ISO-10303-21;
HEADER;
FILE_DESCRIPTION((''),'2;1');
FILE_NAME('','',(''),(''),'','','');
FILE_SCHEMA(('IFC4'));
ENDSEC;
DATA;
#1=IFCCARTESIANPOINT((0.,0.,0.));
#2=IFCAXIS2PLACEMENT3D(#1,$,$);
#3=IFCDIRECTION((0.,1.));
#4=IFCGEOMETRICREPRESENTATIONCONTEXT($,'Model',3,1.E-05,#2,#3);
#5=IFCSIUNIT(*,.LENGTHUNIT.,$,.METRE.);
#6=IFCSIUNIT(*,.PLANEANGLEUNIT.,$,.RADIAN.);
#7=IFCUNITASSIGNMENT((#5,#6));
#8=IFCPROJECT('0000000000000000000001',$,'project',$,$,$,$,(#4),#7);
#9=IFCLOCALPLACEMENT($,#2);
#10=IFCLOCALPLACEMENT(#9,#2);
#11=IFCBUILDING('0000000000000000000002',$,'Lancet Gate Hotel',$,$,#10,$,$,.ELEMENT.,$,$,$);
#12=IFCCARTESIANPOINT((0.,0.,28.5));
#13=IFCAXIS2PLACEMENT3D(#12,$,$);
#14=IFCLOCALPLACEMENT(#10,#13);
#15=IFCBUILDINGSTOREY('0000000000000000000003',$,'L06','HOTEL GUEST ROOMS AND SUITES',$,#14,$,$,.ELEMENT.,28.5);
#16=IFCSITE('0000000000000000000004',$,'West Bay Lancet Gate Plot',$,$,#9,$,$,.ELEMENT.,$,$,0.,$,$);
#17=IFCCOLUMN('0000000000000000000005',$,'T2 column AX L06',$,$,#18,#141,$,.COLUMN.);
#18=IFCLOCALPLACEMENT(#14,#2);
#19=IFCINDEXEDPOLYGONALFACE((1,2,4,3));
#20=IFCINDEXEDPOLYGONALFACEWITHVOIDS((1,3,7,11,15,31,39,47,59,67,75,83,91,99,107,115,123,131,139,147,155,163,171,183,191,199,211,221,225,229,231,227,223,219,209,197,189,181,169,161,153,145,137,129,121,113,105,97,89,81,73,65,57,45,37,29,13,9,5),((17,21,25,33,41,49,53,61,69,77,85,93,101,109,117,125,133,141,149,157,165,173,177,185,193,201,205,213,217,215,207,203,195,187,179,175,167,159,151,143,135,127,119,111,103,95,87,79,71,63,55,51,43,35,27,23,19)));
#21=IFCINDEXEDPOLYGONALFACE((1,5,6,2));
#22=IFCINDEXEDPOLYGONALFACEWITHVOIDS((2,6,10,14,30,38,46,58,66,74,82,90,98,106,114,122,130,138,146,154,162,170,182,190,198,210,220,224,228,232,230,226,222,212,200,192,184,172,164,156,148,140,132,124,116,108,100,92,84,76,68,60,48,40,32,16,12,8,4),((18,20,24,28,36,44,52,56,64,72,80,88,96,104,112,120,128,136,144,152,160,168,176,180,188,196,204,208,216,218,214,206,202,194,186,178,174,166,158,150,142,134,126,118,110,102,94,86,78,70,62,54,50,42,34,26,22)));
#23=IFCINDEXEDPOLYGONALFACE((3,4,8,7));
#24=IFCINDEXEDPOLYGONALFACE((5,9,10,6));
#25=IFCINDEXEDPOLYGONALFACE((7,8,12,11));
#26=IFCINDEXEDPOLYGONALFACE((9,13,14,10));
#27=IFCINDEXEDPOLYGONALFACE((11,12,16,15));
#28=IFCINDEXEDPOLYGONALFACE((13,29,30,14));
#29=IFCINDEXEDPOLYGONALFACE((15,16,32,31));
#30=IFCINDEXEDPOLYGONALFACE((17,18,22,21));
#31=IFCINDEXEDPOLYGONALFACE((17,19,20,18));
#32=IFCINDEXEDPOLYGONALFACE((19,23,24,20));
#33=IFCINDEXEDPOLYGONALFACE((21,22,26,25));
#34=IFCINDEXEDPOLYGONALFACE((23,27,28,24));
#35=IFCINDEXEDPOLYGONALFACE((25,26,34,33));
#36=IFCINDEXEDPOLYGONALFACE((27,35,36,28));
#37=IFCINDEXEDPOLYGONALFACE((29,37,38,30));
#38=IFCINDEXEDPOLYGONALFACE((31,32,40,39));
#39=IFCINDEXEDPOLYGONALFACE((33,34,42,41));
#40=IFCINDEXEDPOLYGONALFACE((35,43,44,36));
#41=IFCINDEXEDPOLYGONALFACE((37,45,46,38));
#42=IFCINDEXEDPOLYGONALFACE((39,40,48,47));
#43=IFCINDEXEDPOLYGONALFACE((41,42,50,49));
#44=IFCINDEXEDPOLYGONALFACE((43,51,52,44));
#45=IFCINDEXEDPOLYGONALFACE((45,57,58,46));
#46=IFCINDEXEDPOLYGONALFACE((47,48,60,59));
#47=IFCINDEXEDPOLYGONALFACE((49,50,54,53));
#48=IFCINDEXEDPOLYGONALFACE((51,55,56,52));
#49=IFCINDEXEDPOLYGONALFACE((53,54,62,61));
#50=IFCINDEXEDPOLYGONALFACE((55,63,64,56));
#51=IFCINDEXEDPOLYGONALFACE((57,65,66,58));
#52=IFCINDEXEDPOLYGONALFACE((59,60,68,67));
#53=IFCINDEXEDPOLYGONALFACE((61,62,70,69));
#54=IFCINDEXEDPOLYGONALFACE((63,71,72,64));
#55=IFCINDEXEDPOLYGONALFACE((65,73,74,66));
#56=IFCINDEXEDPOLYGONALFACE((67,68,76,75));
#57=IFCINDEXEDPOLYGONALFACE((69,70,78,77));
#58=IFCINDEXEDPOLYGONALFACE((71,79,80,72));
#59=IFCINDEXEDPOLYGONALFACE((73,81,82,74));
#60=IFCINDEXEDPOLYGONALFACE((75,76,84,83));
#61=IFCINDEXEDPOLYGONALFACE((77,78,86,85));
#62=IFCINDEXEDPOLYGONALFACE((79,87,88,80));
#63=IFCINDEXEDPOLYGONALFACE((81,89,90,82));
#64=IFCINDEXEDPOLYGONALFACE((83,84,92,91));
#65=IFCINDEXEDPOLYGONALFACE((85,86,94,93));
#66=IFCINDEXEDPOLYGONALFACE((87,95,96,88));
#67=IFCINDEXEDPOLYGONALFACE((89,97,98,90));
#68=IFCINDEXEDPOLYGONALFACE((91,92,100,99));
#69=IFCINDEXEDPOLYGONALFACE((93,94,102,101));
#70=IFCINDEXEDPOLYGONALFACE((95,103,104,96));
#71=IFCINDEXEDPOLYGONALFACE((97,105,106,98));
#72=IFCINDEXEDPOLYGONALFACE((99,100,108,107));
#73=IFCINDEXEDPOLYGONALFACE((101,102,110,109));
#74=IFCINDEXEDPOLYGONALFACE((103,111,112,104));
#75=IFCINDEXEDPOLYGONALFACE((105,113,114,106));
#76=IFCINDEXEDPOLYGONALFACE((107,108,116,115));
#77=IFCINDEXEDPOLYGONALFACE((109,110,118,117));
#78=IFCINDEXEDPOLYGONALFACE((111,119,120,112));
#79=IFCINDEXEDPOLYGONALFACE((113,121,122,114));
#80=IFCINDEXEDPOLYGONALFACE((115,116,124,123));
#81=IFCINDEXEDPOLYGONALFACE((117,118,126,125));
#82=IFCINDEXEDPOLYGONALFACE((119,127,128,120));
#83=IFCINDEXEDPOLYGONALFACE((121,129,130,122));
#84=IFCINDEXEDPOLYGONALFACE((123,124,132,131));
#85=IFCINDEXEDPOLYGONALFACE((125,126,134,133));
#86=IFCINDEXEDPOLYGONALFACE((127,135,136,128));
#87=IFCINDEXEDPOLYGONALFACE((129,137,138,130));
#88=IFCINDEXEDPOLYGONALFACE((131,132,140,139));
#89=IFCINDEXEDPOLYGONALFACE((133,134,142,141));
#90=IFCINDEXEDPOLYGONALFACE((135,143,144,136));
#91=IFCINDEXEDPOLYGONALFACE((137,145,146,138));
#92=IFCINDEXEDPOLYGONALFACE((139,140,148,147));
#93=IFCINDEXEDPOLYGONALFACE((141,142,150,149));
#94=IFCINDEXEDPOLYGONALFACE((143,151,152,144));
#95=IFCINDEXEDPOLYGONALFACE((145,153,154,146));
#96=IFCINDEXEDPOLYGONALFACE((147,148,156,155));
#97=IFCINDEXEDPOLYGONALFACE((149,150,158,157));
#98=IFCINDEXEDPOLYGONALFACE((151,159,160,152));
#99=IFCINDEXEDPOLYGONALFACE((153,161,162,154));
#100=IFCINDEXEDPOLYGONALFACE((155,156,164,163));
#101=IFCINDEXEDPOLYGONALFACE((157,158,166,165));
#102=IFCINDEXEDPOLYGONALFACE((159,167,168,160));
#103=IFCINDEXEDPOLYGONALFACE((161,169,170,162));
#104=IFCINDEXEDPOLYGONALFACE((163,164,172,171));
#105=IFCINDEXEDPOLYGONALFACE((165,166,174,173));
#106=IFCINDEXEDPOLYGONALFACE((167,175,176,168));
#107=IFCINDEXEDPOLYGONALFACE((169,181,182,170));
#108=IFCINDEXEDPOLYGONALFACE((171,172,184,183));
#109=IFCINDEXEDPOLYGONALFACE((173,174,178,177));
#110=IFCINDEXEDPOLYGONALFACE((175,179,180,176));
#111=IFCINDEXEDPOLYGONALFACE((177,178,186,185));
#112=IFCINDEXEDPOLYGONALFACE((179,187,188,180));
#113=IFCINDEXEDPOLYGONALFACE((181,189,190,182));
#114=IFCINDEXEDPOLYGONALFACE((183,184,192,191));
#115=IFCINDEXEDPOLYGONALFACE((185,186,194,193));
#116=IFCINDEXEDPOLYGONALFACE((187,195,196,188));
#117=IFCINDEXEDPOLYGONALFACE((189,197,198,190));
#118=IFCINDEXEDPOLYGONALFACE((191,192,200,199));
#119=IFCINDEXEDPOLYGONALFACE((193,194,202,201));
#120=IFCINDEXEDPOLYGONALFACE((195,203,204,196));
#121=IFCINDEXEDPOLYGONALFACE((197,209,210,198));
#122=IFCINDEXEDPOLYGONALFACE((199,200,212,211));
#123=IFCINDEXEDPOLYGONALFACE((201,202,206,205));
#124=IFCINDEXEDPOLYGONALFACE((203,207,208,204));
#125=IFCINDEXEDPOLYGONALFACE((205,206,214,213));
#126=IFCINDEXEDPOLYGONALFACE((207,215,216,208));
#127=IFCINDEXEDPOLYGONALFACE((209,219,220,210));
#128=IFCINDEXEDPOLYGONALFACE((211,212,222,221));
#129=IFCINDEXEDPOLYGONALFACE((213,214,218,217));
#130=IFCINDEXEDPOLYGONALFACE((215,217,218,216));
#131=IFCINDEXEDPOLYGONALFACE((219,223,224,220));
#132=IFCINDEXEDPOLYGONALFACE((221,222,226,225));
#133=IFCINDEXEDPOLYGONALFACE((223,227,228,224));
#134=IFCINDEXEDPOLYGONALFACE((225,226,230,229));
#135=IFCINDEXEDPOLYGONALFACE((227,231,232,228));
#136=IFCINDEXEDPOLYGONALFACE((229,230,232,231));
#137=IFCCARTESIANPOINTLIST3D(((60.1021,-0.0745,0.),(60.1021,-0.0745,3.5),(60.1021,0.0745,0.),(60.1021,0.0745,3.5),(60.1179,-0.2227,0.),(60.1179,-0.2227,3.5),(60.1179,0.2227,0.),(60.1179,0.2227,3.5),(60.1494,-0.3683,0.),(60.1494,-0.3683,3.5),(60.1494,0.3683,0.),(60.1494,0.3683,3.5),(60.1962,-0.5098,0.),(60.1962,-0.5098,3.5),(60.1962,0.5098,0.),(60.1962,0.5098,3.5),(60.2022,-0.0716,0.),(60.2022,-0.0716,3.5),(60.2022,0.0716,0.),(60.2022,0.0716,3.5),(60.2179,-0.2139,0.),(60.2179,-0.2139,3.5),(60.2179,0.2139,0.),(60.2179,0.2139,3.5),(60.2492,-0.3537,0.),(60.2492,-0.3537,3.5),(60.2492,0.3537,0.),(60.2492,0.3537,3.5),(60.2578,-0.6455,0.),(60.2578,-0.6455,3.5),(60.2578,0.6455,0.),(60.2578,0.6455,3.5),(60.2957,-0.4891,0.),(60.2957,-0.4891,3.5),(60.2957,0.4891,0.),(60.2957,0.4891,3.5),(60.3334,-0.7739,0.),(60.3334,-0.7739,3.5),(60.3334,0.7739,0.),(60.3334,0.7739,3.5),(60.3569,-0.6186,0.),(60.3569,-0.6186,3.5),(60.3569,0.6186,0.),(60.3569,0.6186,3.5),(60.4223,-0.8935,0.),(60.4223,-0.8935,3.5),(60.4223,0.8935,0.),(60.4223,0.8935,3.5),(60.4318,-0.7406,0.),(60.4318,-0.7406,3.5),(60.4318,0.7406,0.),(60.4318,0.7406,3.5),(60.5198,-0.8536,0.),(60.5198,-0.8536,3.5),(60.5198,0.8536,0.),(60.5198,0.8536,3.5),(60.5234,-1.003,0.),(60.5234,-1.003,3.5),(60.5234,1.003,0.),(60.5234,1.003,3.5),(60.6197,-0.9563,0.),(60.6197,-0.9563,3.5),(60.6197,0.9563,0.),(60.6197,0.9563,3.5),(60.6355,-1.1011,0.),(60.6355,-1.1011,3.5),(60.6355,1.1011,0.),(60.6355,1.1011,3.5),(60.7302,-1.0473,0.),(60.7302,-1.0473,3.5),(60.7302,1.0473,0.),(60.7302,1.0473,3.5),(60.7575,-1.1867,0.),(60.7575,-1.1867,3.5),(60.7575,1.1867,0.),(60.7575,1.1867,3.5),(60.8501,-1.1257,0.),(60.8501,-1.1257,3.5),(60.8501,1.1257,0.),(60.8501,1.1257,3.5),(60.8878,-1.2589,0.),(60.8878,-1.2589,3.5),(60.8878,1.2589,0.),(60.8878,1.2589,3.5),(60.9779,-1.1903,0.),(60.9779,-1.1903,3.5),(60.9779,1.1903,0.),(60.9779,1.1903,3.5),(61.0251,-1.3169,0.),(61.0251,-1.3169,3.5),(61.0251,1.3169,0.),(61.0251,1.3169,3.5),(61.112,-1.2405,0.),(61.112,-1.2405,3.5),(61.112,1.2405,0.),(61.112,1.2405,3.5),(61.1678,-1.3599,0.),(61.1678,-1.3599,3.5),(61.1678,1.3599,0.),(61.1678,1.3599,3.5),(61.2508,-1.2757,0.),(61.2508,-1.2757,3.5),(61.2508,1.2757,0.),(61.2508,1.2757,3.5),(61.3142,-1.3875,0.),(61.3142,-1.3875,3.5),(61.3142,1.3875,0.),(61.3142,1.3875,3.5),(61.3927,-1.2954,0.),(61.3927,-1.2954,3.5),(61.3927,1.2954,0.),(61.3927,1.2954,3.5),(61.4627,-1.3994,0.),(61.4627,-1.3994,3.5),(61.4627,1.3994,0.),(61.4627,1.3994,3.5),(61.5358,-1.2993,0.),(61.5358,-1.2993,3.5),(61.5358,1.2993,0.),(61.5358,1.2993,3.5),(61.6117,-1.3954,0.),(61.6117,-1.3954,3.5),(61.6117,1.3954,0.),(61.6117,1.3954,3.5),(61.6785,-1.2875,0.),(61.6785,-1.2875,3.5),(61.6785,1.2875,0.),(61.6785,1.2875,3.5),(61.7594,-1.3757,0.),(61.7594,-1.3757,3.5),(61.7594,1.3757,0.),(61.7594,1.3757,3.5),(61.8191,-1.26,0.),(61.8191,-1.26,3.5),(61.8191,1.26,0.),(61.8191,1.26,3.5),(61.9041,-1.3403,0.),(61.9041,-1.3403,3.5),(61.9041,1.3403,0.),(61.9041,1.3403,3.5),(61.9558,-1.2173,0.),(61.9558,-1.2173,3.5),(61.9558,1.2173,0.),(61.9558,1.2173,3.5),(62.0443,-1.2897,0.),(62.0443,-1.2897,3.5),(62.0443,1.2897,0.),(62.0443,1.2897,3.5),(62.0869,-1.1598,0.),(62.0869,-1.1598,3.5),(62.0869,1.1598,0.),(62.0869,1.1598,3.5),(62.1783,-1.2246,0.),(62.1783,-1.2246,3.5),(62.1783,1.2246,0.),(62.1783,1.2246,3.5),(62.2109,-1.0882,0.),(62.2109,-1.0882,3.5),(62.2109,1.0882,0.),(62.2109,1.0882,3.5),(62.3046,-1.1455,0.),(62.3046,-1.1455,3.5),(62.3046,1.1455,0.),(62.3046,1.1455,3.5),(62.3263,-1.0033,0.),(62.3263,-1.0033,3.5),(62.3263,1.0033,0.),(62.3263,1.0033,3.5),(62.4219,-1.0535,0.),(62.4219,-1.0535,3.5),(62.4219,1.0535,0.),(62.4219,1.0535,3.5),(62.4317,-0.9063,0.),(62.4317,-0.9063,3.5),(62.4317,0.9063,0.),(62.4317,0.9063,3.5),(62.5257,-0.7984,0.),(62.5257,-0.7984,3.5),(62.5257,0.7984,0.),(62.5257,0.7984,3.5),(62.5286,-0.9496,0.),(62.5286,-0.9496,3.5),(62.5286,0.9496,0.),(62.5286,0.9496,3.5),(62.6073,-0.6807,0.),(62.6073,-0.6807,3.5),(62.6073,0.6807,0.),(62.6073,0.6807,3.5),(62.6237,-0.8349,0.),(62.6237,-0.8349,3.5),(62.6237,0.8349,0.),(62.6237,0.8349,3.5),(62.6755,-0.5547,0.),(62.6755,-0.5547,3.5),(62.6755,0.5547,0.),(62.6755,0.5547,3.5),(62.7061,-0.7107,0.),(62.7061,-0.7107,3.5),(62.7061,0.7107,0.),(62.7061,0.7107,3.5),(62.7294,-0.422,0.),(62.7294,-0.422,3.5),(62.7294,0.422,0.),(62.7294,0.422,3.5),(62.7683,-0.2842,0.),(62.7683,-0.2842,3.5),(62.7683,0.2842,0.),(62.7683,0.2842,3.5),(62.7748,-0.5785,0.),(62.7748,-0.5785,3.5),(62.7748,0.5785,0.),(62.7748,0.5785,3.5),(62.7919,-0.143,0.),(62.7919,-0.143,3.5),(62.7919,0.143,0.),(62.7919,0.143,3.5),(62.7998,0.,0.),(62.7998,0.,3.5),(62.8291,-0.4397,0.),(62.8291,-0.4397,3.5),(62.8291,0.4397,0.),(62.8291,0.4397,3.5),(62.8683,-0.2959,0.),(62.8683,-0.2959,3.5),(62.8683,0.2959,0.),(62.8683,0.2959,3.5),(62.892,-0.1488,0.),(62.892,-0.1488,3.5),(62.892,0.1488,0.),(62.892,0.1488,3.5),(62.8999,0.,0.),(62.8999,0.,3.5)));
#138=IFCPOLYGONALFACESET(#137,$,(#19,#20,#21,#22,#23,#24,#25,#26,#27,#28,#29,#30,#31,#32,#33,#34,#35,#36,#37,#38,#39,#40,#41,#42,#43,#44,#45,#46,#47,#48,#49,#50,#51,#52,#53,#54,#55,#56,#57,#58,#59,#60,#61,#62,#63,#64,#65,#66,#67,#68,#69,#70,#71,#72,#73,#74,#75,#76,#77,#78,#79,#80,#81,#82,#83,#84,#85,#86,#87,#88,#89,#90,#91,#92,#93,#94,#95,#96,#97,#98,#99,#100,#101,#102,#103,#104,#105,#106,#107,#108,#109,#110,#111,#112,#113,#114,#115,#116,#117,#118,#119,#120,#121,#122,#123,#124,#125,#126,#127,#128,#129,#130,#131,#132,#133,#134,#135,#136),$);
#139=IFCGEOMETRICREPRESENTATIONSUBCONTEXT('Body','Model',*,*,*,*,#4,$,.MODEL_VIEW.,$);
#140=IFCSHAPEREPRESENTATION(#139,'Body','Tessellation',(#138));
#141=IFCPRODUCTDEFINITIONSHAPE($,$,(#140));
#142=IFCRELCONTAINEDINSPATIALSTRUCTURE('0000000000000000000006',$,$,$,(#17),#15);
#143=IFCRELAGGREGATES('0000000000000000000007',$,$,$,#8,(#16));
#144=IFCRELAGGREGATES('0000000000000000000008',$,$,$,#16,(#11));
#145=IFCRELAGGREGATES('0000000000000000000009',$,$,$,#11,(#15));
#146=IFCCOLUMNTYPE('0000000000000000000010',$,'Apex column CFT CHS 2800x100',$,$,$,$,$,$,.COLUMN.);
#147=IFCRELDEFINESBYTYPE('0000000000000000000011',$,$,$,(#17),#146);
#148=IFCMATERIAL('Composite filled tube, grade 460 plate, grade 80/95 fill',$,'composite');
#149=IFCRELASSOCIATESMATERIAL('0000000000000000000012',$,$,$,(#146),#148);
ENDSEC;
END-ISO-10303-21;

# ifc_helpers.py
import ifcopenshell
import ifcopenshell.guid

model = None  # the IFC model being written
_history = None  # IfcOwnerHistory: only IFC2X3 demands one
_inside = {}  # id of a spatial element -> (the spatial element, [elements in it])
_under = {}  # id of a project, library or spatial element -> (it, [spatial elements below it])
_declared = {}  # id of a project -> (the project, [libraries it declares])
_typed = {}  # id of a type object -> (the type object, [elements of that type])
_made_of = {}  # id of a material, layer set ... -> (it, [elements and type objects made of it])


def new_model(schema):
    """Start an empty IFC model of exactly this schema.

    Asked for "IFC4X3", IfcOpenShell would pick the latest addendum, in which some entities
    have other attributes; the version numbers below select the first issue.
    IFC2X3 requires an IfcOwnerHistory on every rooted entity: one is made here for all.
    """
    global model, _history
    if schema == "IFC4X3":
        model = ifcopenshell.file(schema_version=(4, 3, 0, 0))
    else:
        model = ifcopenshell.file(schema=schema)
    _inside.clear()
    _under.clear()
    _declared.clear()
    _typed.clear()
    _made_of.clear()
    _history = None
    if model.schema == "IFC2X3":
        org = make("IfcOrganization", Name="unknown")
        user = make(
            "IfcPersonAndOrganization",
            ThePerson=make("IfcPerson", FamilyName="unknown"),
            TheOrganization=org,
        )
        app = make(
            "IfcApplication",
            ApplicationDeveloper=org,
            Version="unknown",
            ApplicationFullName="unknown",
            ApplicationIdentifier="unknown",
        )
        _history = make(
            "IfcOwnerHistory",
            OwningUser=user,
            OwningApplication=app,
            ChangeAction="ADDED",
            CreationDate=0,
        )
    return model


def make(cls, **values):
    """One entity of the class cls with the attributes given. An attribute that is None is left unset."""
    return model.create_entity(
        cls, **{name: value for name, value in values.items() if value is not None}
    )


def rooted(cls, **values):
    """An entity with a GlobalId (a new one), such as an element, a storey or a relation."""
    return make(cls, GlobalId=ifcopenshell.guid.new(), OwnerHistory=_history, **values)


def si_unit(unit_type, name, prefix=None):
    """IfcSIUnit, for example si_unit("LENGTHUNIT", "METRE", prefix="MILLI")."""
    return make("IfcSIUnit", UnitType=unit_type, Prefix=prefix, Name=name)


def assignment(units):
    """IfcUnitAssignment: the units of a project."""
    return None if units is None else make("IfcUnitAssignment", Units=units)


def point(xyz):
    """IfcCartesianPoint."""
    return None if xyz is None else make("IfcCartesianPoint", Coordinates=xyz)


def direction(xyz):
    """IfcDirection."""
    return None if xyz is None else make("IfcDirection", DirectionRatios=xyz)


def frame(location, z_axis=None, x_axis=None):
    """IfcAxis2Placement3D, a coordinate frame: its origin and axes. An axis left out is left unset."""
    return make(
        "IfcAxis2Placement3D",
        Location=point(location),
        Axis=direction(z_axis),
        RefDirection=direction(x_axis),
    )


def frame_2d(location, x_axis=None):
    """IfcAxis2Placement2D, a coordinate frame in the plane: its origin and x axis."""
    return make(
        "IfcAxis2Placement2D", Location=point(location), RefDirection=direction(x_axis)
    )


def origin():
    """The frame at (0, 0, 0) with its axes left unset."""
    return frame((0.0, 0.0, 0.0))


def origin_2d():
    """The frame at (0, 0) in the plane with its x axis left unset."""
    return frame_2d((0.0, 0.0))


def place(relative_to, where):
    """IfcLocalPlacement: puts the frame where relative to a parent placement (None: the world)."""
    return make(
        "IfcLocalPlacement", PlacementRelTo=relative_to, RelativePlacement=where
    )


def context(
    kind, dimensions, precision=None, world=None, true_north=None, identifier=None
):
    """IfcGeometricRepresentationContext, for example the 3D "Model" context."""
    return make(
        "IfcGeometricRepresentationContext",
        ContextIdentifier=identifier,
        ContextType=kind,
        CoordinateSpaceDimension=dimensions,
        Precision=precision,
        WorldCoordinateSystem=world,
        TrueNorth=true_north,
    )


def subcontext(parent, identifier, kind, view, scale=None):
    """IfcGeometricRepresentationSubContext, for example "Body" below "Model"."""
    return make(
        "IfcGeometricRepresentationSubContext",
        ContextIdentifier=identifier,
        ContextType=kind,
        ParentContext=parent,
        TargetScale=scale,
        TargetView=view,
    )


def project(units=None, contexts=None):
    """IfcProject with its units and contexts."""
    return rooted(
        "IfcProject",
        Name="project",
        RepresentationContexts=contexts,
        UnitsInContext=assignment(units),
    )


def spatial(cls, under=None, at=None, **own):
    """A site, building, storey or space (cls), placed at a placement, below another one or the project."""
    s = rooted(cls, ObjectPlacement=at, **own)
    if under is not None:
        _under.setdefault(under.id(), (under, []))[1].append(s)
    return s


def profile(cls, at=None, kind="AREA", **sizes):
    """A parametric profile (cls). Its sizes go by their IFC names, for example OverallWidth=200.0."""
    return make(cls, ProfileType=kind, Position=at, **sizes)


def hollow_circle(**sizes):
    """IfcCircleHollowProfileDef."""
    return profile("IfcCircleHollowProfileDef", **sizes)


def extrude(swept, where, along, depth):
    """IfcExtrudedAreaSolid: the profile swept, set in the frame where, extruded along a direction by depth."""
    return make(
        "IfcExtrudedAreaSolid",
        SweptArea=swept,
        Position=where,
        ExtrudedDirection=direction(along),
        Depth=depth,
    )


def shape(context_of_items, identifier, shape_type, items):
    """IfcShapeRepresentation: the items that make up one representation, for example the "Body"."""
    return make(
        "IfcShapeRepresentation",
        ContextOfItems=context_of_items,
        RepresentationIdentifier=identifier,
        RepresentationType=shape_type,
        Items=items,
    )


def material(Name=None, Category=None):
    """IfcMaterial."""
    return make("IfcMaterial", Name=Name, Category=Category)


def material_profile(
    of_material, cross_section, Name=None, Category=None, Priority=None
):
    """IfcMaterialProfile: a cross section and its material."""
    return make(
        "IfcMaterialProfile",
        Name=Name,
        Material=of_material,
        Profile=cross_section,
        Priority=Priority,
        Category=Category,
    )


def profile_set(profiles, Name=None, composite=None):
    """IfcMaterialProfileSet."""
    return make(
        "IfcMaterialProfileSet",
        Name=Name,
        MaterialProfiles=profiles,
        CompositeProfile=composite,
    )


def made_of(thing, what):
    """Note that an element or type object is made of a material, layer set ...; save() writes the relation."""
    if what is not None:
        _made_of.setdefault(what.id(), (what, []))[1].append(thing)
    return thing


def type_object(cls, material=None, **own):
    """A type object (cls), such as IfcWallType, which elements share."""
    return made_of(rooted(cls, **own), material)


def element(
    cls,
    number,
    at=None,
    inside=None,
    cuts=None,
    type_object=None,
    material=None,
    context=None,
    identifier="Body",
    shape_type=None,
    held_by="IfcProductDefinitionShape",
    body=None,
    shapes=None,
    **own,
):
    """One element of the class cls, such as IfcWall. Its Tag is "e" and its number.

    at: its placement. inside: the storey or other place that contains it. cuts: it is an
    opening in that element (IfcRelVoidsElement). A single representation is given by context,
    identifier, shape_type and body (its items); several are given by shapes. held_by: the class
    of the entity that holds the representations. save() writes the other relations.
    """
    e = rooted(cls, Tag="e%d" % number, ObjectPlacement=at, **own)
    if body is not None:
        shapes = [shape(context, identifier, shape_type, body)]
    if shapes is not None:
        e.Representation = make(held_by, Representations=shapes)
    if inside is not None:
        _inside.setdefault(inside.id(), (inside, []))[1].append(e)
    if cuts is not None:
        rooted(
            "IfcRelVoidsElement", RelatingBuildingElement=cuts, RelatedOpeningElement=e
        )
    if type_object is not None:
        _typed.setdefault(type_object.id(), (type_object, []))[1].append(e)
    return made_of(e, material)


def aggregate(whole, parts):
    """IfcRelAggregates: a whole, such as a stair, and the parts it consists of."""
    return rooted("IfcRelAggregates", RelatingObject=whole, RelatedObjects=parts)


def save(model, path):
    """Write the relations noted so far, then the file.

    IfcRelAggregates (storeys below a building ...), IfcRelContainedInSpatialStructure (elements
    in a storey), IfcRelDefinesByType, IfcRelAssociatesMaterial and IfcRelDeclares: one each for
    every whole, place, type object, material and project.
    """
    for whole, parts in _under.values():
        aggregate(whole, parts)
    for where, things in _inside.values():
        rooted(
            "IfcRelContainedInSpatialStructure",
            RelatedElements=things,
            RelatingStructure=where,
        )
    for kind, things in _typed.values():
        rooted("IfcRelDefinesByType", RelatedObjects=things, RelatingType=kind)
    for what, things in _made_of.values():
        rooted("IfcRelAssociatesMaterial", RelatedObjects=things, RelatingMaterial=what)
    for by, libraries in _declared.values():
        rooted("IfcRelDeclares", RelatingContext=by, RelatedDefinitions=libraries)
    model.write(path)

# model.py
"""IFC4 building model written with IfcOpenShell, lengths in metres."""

from ifc_helpers import new_model, si_unit, direction, frame, origin, origin_2d, place, context, subcontext, project, spatial, hollow_circle, extrude, material, material_profile, profile_set, type_object, element, save


model = new_model("IFC4")

# Units and contexts
model_context = context("Model", 3, precision=1e-05, world=origin(), true_north=direction((0.0, 1.0)))
body_context = subcontext(model_context, "Body", "Model", "MODEL_VIEW")
ifc_project = project(units=[si_unit("LENGTHUNIT", "METRE"), si_unit("PLANEANGLEUNIT", "RADIAN")], contexts=[model_context])

# Site, building, storey
site_placement = place(None, origin())
site = spatial("IfcSite", under=ifc_project, at=site_placement, Name="West Bay Lancet Gate Plot", CompositionType="ELEMENT", RefElevation=0.0)
building_placement = place(site_placement, origin())
building = spatial("IfcBuilding", under=site, at=building_placement, Name="Lancet Gate Hotel", CompositionType="ELEMENT")
storey_placement = place(building_placement, frame((0.0, 0.0, 28.5)))
storey = spatial("IfcBuildingStorey", under=building, at=storey_placement, Name="L06", Description="HOTEL GUEST ROOMS AND SUITES", CompositionType="ELEMENT", Elevation=28.5)

# Column
ifc_material_1 = material(Name="Composite filled tube, grade 460 plate, grade 80/95 fill", Category="composite")
ifc_material_profile_1 = material_profile(ifc_material_1, hollow_circle(Radius=1.3999, WallThickness=0.1001, at=origin_2d()), Name="CHS 2800x100")
ifc_profile_set_1 = profile_set([ifc_material_profile_1], Name="Composite filled tube, grade 460 plate, grade 80/95 fill")
column_type_1 = type_object("IfcColumnType", Name="Apex column CFT CHS 2800x100", PredefinedType="COLUMN", material=ifc_profile_set_1)
column_1_placement = place(storey_placement, frame((61.5, 0.0, 0.0), z_axis=(0.0, 0.0, 1.0), x_axis=(1.0, 0.0, 0.0)))
element("IfcColumn", 1, at=column_1_placement, inside=storey, type_object=column_type_1, Name="T2 column AX L06", PredefinedType="COLUMN", context=body_context, shape_type="SweptSolid", body=[
    extrude(hollow_circle(Radius=1.3999, WallThickness=0.1001, at=origin_2d()), origin(), (0.0, 0.0, 1.0), 3.5),
])

save(model, "model.ifc")
